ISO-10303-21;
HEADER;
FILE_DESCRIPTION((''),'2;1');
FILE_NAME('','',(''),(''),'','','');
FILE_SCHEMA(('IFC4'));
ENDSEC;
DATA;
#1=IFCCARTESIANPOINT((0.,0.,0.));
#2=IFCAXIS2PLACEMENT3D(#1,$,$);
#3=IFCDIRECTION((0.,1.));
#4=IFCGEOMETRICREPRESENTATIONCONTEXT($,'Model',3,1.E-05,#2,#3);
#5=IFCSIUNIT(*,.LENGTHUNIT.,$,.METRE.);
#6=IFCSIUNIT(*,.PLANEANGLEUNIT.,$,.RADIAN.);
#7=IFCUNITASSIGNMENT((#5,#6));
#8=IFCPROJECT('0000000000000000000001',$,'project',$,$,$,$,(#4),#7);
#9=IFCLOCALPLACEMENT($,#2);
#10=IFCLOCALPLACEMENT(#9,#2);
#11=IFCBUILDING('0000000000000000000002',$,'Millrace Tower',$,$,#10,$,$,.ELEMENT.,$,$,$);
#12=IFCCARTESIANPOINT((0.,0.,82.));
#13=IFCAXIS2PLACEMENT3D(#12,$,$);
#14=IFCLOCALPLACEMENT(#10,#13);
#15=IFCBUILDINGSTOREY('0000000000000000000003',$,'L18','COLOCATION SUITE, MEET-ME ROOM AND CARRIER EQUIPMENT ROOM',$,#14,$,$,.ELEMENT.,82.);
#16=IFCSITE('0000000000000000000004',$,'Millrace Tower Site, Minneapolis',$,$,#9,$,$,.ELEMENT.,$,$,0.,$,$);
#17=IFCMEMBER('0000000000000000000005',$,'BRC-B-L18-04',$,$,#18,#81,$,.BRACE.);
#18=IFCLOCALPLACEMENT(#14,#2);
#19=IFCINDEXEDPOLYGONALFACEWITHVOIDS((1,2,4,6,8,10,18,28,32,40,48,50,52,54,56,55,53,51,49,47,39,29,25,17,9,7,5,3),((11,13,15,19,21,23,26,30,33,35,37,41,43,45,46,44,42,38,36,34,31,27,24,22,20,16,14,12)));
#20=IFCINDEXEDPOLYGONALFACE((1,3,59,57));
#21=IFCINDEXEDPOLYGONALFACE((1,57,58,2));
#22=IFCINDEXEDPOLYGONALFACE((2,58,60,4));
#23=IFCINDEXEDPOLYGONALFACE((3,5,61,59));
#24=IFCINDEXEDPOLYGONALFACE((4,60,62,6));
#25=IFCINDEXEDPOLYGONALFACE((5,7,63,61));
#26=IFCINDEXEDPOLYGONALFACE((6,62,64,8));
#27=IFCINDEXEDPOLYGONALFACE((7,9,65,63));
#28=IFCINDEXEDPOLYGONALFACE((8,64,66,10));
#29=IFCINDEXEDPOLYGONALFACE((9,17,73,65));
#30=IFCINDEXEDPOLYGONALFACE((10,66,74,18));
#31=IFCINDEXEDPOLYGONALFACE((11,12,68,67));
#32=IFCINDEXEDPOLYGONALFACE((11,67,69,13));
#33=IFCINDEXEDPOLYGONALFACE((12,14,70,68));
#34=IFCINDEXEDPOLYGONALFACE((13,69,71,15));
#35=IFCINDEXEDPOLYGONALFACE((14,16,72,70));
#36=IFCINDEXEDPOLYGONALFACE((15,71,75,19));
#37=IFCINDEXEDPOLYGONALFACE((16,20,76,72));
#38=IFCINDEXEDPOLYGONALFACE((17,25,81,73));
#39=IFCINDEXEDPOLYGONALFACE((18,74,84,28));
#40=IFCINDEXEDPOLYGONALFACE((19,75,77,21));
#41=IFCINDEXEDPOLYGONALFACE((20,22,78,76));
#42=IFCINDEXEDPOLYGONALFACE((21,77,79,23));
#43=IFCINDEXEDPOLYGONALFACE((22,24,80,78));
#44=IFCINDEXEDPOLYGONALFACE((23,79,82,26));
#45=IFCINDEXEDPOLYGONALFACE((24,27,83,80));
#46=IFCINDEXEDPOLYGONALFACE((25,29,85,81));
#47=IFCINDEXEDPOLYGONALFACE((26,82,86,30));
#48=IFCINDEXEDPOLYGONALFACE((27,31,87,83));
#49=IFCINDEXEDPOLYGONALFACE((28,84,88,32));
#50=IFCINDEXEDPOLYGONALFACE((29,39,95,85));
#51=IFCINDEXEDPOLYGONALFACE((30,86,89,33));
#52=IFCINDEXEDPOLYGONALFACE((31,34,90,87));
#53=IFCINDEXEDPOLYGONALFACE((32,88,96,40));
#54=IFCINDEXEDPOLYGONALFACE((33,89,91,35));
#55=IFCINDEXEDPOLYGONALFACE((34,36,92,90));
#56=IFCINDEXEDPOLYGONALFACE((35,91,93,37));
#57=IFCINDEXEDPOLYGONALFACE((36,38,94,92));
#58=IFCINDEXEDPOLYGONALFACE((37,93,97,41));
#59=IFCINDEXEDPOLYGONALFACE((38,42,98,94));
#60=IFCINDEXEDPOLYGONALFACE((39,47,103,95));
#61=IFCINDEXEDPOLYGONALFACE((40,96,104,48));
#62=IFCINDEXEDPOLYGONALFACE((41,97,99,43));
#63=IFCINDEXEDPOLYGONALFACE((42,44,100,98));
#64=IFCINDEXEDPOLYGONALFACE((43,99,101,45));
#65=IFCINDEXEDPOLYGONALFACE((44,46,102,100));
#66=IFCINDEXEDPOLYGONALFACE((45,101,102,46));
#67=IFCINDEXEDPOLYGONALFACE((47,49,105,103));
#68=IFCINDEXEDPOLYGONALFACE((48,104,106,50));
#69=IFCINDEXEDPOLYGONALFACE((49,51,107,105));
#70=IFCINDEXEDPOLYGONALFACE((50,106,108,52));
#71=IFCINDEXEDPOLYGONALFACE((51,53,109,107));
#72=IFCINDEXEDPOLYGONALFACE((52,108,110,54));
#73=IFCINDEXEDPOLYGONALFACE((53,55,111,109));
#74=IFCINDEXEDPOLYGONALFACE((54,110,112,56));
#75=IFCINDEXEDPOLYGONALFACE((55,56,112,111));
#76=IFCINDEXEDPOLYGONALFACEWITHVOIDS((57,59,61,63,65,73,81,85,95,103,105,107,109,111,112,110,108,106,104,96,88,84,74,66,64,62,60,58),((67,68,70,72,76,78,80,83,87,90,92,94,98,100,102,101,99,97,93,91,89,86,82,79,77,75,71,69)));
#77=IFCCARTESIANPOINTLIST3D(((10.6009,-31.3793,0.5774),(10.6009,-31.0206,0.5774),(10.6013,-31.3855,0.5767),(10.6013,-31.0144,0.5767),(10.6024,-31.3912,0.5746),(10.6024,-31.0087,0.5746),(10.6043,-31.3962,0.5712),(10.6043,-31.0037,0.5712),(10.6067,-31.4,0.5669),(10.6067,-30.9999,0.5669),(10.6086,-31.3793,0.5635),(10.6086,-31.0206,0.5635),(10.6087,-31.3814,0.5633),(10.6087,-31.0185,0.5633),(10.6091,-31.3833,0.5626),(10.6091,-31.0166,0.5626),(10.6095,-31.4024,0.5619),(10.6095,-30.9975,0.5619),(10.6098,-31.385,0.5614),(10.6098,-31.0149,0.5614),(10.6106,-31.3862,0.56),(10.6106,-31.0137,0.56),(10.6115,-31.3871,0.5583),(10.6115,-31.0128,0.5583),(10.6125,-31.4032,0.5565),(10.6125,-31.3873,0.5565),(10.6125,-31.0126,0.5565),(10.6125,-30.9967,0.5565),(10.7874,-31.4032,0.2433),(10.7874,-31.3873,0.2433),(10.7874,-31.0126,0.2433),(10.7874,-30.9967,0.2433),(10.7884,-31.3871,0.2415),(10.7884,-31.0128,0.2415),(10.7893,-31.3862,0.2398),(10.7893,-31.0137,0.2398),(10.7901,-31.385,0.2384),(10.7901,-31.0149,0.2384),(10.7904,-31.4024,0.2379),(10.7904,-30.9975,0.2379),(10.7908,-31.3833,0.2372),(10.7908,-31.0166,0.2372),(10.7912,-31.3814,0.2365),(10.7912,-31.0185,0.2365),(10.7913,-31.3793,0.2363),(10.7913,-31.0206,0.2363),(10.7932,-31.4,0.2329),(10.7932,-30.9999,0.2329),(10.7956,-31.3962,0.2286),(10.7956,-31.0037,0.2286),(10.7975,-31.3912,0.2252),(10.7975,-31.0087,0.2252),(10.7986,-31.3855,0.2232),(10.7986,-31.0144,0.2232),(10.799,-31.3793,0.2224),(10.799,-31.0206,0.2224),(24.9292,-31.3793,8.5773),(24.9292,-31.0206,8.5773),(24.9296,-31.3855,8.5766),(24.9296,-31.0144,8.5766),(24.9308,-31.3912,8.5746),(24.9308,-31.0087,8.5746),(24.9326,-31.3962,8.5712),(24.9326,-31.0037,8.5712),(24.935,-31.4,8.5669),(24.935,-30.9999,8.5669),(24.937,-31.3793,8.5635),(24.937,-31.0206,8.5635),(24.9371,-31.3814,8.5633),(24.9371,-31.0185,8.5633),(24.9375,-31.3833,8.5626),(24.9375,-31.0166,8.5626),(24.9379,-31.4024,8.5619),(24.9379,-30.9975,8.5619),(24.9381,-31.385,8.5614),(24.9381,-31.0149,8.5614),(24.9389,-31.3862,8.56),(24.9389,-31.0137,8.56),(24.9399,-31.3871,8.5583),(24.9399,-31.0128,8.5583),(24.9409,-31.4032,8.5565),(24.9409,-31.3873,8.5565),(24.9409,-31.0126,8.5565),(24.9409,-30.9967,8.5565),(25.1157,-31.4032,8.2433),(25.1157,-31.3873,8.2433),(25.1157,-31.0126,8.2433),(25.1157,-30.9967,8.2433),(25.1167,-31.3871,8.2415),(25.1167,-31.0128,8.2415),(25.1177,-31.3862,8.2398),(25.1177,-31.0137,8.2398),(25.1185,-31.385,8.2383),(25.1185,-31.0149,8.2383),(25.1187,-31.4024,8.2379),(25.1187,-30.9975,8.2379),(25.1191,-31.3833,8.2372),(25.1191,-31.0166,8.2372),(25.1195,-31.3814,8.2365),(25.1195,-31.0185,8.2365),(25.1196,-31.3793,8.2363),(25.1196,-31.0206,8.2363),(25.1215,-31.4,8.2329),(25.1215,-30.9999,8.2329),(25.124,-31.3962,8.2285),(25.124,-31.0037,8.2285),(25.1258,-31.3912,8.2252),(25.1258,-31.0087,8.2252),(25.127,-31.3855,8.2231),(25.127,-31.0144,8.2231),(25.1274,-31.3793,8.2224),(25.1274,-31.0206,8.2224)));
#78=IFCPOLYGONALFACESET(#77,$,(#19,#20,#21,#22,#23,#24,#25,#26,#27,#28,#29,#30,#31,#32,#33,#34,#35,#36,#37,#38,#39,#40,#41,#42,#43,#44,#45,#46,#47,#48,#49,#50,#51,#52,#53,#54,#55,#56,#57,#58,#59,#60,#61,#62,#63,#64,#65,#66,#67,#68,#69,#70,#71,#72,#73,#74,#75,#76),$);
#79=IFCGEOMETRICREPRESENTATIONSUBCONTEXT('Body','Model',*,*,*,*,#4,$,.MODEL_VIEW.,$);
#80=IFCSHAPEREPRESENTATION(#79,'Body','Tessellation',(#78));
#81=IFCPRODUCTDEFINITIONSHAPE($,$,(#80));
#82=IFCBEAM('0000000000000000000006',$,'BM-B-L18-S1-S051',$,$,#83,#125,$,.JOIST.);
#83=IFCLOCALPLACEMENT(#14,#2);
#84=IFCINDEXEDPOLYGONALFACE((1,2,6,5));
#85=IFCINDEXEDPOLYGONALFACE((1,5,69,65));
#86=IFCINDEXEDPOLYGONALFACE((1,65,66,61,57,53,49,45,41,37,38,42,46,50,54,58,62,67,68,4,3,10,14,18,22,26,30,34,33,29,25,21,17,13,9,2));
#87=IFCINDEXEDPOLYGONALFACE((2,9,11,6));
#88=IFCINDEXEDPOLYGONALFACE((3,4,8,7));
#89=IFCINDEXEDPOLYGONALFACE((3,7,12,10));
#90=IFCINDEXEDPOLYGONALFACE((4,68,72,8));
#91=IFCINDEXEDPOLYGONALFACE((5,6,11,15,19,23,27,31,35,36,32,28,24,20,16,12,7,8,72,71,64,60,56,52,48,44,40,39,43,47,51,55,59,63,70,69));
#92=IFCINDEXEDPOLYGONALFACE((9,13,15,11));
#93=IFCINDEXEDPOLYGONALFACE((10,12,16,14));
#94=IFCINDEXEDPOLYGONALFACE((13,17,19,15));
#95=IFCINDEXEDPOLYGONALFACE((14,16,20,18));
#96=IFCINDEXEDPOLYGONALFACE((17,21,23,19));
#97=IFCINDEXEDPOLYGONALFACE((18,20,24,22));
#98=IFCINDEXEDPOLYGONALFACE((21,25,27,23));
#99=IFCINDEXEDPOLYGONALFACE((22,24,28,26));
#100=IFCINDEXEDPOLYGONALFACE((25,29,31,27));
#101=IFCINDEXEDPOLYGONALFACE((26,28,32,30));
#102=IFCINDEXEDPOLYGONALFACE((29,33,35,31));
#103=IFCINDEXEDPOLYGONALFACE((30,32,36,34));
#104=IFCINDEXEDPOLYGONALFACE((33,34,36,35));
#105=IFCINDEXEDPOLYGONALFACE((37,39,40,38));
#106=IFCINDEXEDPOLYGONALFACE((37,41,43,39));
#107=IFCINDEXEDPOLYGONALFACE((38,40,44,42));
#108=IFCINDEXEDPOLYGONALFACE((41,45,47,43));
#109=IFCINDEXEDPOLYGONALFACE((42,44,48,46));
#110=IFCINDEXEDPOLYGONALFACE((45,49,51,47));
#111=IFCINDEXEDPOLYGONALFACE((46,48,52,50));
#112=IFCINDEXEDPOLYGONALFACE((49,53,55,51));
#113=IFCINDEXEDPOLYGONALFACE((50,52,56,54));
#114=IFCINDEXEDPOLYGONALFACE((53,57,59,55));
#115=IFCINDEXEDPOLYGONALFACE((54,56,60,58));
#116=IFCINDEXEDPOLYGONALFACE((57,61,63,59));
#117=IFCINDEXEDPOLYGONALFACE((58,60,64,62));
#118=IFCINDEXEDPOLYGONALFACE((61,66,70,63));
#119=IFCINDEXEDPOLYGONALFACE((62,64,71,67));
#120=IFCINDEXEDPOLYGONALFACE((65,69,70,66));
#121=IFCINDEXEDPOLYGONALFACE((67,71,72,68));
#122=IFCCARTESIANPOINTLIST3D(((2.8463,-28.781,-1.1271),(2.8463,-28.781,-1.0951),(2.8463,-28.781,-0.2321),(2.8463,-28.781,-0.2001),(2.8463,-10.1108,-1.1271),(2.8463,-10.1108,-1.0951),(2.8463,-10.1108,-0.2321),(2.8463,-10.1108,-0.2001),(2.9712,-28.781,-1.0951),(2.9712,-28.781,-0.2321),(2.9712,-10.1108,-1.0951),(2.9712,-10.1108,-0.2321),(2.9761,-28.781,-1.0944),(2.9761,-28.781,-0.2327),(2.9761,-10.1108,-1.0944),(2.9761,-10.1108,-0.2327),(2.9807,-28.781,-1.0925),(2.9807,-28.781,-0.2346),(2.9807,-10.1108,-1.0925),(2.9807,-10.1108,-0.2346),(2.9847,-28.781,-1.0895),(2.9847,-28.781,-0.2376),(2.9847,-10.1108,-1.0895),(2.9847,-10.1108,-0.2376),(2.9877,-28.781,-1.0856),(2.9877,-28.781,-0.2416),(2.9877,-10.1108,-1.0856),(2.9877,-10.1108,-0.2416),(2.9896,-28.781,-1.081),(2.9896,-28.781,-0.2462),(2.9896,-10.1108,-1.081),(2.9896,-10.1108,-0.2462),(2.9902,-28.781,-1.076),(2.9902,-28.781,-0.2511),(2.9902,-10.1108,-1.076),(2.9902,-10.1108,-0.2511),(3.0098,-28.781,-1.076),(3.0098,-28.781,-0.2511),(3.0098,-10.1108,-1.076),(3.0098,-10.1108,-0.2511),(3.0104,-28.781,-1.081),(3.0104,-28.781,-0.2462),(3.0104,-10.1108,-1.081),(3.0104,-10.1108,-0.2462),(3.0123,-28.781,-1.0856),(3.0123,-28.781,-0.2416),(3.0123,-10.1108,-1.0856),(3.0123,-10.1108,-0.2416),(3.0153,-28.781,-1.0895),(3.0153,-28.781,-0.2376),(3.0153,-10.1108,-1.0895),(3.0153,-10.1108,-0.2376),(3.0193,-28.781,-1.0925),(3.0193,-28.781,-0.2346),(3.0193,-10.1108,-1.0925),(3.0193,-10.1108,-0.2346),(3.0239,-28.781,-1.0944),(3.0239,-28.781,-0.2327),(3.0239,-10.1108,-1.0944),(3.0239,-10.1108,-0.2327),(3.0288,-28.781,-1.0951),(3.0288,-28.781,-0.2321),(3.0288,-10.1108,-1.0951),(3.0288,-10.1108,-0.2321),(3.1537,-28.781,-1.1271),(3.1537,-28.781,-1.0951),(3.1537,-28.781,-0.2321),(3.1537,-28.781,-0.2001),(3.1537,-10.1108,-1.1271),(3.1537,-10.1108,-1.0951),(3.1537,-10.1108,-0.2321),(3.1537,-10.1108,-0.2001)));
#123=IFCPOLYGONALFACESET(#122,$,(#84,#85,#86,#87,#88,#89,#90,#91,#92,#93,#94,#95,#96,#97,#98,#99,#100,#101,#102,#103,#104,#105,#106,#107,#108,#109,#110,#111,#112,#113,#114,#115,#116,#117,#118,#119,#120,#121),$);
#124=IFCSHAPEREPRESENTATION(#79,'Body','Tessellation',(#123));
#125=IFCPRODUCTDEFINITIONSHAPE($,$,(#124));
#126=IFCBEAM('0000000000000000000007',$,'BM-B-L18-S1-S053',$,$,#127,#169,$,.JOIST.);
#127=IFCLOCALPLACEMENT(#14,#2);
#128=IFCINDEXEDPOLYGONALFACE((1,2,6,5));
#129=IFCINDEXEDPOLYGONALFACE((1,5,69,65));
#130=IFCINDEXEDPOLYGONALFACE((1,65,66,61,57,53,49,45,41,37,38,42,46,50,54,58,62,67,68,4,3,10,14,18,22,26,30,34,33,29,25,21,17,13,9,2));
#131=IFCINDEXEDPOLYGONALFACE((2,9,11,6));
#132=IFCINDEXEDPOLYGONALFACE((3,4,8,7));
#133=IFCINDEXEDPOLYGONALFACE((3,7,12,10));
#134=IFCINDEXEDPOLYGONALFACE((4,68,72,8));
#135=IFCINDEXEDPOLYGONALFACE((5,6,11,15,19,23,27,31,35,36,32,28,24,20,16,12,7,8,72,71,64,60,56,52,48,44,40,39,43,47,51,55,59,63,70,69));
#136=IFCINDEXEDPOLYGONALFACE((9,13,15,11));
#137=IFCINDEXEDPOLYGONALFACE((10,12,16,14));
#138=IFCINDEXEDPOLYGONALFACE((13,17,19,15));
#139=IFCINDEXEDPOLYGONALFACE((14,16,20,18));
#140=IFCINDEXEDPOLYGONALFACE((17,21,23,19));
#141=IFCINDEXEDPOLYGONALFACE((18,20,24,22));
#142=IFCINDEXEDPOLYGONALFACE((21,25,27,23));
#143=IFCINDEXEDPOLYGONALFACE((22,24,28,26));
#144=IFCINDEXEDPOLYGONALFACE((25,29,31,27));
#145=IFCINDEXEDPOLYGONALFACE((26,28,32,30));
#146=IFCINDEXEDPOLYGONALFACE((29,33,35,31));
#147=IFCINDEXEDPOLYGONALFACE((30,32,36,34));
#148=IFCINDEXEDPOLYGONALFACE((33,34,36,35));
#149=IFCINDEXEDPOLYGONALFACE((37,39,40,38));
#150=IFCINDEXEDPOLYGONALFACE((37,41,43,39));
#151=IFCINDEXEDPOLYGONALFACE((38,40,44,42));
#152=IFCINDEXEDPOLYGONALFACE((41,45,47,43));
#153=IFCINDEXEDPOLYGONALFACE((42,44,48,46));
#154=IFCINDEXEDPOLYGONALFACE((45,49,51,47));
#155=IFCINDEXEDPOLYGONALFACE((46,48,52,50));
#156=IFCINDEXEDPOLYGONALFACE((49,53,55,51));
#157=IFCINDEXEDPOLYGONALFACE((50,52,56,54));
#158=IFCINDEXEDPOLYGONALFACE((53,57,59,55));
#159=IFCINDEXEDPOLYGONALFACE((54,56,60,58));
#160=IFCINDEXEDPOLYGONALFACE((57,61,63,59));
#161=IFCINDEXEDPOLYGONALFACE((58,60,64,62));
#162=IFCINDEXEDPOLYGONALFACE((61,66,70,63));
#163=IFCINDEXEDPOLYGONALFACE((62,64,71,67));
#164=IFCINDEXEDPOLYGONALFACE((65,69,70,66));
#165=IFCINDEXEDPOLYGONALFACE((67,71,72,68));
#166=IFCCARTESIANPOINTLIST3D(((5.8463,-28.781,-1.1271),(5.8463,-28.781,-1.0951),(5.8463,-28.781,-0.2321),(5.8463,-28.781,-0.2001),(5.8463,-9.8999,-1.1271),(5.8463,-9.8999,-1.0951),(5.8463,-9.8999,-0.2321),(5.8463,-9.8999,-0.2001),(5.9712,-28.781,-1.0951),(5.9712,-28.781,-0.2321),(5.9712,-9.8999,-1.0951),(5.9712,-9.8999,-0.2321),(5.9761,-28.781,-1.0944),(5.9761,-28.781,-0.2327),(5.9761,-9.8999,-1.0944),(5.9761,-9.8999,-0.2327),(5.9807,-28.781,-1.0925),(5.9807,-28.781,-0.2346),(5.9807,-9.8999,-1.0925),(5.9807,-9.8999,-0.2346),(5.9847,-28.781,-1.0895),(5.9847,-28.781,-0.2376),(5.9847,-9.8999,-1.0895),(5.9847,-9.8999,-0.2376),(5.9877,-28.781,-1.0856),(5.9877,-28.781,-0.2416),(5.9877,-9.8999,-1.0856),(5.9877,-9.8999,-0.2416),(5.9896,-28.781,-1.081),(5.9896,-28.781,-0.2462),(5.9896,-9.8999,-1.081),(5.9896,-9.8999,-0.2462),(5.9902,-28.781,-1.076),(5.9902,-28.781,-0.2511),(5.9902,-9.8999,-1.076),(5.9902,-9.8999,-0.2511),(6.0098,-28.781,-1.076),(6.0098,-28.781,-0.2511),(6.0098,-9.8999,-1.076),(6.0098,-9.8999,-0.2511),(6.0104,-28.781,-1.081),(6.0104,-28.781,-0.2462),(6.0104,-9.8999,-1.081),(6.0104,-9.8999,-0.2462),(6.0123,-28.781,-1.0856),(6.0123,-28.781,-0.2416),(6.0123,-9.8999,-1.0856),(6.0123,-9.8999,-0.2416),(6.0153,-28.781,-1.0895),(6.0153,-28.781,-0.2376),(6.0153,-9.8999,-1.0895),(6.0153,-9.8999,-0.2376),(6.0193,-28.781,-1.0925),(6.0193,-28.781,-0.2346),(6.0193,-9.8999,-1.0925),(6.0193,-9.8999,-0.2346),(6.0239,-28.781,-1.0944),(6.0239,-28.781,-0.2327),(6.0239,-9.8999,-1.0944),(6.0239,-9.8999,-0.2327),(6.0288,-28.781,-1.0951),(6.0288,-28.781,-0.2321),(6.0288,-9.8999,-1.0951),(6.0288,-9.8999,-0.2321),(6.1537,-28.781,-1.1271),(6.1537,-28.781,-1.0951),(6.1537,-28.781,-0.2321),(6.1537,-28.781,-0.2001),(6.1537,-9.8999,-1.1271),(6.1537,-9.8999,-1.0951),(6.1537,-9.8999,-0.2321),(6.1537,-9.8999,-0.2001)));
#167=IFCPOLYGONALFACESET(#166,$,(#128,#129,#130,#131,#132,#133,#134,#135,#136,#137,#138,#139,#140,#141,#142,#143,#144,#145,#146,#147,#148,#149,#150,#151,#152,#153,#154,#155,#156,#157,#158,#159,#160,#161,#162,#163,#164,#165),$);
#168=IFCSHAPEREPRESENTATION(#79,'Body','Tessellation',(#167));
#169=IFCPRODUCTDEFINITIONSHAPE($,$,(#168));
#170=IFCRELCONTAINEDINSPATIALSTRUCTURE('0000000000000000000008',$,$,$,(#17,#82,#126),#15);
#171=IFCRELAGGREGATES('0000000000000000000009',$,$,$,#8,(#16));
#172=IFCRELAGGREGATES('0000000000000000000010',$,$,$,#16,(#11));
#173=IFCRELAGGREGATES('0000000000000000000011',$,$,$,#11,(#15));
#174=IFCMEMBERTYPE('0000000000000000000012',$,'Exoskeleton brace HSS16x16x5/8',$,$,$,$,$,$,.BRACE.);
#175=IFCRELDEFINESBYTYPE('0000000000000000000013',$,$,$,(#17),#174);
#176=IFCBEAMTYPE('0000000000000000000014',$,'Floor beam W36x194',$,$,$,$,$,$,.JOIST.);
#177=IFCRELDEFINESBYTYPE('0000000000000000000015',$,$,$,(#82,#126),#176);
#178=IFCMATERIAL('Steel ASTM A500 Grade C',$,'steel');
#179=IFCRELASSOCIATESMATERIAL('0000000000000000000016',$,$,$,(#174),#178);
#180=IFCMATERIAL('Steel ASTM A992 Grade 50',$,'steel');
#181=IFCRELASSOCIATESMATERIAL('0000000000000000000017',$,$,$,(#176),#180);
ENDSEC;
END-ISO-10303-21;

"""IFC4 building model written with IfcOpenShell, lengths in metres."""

from ifc_helpers import new_model, si_unit, direction, frame, origin, origin_2d, place, context, subcontext, project, spatial, hollow_rectangle, i_section, extrude, material, material_profile, profile_set, type_object, element, save


model = new_model("IFC4")

# Units and contexts
model_context = context("Model", 3, precision=1e-05, world=origin(), true_north=direction((0.0, 1.0)))
body_context = subcontext(model_context, "Body", "Model", "MODEL_VIEW")
ifc_project = project(units=[si_unit("LENGTHUNIT", "METRE"), si_unit("PLANEANGLEUNIT", "RADIAN")], contexts=[model_context])

# Site, building, storey
site_placement = place(None, origin())
site = spatial("IfcSite", under=ifc_project, at=site_placement, Name="Millrace Tower Site, Minneapolis", CompositionType="ELEMENT", RefElevation=0.0)
building_placement = place(site_placement, origin())
building = spatial("IfcBuilding", under=site, at=building_placement, Name="Millrace Tower", CompositionType="ELEMENT")
storey_placement = place(building_placement, frame((0.0, 0.0, 82.0)))
storey = spatial("IfcBuildingStorey", under=building, at=storey_placement, Name="L18", Description="COLOCATION SUITE, MEET-ME ROOM AND CARRIER EQUIPMENT ROOM", CompositionType="ELEMENT", Elevation=82.0)

# Member
ifc_material_1 = material(Name="Steel ASTM A500 Grade C", Category="steel")
ifc_material_profile_1 = material_profile(ifc_material_1, hollow_rectangle(XDim=0.4065, YDim=0.4065, WallThickness=0.0159, InnerFilletRadius=0.0081, OuterFilletRadius=0.0239, at=origin_2d()))
ifc_profile_set_1 = profile_set([ifc_material_profile_1], Name="Steel ASTM A500 Grade C")
member_type_1 = type_object("IfcMemberType", Name="Exoskeleton brace HSS16x16x5/8", PredefinedType="BRACE", material=ifc_profile_set_1)
member_1_placement = place(storey_placement, frame((10.7, -31.2, 0.3999), z_axis=(0.873126, 0.0, 0.487495), x_axis=(0.0, 1.0, 0.0)))
element("IfcMember", 1, at=member_1_placement, inside=storey, type_object=member_type_1, Name="BRC-B-L18-04", PredefinedType="BRACE", context=body_context, shape_type="SweptSolid", body=[
    extrude(hollow_rectangle(XDim=0.4065, YDim=0.4065, WallThickness=0.0159, InnerFilletRadius=0.0081, OuterFilletRadius=0.0239, at=origin_2d()), origin(), (0.0, 0.0, 1.0), 16.4104),
])

# Beams
ifc_material_2 = material(Name="Steel ASTM A992 Grade 50", Category="steel")
ifc_material_profile_2 = material_profile(ifc_material_2, i_section(OverallWidth=0.3074, OverallDepth=0.927, WebThickness=0.0195, FlangeThickness=0.032, FilletRadius=0.019, at=origin_2d()))
ifc_profile_set_2 = profile_set([ifc_material_profile_2], Name="Steel ASTM A992 Grade 50")
beam_type_1 = type_object("IfcBeamType", Name="Floor beam W36x194", PredefinedType="JOIST", material=ifc_profile_set_2)
beam_1_placement = place(storey_placement, frame((3.0, -28.781, -0.6636), z_axis=(0.0, 1.0, 0.0), x_axis=(-1.0, 0.0, 0.0)))
element("IfcBeam", 2, at=beam_1_placement, inside=storey, type_object=beam_type_1, Name="BM-B-L18-S1-S051", PredefinedType="JOIST", context=body_context, shape_type="SweptSolid", body=[
    extrude(i_section(OverallWidth=0.3074, OverallDepth=0.927, WebThickness=0.0195, FlangeThickness=0.032, FilletRadius=0.019, at=origin_2d()), origin(), (0.0, 0.0, 1.0), 18.6702),
])
for number, where, z_axis, x_axis, name in (
    (3, (6.0, -28.781, -0.6636), (0.0, 1.0, 0.0), (-1.0, 0.0, 0.0), "BM-B-L18-S1-S053"),
):
    element("IfcBeam", number, at=place(storey_placement, frame(where, z_axis=z_axis, x_axis=x_axis)), inside=storey, type_object=beam_type_1, Name=name, PredefinedType="JOIST", context=body_context, shape_type="SweptSolid", body=[
        extrude(i_section(OverallWidth=0.3074, OverallDepth=0.927, WebThickness=0.0195, FlangeThickness=0.032, FilletRadius=0.019, at=origin_2d()), origin(), (0.0, 0.0, 1.0), 18.8811),
    ])

save(model, "model.ifc")
